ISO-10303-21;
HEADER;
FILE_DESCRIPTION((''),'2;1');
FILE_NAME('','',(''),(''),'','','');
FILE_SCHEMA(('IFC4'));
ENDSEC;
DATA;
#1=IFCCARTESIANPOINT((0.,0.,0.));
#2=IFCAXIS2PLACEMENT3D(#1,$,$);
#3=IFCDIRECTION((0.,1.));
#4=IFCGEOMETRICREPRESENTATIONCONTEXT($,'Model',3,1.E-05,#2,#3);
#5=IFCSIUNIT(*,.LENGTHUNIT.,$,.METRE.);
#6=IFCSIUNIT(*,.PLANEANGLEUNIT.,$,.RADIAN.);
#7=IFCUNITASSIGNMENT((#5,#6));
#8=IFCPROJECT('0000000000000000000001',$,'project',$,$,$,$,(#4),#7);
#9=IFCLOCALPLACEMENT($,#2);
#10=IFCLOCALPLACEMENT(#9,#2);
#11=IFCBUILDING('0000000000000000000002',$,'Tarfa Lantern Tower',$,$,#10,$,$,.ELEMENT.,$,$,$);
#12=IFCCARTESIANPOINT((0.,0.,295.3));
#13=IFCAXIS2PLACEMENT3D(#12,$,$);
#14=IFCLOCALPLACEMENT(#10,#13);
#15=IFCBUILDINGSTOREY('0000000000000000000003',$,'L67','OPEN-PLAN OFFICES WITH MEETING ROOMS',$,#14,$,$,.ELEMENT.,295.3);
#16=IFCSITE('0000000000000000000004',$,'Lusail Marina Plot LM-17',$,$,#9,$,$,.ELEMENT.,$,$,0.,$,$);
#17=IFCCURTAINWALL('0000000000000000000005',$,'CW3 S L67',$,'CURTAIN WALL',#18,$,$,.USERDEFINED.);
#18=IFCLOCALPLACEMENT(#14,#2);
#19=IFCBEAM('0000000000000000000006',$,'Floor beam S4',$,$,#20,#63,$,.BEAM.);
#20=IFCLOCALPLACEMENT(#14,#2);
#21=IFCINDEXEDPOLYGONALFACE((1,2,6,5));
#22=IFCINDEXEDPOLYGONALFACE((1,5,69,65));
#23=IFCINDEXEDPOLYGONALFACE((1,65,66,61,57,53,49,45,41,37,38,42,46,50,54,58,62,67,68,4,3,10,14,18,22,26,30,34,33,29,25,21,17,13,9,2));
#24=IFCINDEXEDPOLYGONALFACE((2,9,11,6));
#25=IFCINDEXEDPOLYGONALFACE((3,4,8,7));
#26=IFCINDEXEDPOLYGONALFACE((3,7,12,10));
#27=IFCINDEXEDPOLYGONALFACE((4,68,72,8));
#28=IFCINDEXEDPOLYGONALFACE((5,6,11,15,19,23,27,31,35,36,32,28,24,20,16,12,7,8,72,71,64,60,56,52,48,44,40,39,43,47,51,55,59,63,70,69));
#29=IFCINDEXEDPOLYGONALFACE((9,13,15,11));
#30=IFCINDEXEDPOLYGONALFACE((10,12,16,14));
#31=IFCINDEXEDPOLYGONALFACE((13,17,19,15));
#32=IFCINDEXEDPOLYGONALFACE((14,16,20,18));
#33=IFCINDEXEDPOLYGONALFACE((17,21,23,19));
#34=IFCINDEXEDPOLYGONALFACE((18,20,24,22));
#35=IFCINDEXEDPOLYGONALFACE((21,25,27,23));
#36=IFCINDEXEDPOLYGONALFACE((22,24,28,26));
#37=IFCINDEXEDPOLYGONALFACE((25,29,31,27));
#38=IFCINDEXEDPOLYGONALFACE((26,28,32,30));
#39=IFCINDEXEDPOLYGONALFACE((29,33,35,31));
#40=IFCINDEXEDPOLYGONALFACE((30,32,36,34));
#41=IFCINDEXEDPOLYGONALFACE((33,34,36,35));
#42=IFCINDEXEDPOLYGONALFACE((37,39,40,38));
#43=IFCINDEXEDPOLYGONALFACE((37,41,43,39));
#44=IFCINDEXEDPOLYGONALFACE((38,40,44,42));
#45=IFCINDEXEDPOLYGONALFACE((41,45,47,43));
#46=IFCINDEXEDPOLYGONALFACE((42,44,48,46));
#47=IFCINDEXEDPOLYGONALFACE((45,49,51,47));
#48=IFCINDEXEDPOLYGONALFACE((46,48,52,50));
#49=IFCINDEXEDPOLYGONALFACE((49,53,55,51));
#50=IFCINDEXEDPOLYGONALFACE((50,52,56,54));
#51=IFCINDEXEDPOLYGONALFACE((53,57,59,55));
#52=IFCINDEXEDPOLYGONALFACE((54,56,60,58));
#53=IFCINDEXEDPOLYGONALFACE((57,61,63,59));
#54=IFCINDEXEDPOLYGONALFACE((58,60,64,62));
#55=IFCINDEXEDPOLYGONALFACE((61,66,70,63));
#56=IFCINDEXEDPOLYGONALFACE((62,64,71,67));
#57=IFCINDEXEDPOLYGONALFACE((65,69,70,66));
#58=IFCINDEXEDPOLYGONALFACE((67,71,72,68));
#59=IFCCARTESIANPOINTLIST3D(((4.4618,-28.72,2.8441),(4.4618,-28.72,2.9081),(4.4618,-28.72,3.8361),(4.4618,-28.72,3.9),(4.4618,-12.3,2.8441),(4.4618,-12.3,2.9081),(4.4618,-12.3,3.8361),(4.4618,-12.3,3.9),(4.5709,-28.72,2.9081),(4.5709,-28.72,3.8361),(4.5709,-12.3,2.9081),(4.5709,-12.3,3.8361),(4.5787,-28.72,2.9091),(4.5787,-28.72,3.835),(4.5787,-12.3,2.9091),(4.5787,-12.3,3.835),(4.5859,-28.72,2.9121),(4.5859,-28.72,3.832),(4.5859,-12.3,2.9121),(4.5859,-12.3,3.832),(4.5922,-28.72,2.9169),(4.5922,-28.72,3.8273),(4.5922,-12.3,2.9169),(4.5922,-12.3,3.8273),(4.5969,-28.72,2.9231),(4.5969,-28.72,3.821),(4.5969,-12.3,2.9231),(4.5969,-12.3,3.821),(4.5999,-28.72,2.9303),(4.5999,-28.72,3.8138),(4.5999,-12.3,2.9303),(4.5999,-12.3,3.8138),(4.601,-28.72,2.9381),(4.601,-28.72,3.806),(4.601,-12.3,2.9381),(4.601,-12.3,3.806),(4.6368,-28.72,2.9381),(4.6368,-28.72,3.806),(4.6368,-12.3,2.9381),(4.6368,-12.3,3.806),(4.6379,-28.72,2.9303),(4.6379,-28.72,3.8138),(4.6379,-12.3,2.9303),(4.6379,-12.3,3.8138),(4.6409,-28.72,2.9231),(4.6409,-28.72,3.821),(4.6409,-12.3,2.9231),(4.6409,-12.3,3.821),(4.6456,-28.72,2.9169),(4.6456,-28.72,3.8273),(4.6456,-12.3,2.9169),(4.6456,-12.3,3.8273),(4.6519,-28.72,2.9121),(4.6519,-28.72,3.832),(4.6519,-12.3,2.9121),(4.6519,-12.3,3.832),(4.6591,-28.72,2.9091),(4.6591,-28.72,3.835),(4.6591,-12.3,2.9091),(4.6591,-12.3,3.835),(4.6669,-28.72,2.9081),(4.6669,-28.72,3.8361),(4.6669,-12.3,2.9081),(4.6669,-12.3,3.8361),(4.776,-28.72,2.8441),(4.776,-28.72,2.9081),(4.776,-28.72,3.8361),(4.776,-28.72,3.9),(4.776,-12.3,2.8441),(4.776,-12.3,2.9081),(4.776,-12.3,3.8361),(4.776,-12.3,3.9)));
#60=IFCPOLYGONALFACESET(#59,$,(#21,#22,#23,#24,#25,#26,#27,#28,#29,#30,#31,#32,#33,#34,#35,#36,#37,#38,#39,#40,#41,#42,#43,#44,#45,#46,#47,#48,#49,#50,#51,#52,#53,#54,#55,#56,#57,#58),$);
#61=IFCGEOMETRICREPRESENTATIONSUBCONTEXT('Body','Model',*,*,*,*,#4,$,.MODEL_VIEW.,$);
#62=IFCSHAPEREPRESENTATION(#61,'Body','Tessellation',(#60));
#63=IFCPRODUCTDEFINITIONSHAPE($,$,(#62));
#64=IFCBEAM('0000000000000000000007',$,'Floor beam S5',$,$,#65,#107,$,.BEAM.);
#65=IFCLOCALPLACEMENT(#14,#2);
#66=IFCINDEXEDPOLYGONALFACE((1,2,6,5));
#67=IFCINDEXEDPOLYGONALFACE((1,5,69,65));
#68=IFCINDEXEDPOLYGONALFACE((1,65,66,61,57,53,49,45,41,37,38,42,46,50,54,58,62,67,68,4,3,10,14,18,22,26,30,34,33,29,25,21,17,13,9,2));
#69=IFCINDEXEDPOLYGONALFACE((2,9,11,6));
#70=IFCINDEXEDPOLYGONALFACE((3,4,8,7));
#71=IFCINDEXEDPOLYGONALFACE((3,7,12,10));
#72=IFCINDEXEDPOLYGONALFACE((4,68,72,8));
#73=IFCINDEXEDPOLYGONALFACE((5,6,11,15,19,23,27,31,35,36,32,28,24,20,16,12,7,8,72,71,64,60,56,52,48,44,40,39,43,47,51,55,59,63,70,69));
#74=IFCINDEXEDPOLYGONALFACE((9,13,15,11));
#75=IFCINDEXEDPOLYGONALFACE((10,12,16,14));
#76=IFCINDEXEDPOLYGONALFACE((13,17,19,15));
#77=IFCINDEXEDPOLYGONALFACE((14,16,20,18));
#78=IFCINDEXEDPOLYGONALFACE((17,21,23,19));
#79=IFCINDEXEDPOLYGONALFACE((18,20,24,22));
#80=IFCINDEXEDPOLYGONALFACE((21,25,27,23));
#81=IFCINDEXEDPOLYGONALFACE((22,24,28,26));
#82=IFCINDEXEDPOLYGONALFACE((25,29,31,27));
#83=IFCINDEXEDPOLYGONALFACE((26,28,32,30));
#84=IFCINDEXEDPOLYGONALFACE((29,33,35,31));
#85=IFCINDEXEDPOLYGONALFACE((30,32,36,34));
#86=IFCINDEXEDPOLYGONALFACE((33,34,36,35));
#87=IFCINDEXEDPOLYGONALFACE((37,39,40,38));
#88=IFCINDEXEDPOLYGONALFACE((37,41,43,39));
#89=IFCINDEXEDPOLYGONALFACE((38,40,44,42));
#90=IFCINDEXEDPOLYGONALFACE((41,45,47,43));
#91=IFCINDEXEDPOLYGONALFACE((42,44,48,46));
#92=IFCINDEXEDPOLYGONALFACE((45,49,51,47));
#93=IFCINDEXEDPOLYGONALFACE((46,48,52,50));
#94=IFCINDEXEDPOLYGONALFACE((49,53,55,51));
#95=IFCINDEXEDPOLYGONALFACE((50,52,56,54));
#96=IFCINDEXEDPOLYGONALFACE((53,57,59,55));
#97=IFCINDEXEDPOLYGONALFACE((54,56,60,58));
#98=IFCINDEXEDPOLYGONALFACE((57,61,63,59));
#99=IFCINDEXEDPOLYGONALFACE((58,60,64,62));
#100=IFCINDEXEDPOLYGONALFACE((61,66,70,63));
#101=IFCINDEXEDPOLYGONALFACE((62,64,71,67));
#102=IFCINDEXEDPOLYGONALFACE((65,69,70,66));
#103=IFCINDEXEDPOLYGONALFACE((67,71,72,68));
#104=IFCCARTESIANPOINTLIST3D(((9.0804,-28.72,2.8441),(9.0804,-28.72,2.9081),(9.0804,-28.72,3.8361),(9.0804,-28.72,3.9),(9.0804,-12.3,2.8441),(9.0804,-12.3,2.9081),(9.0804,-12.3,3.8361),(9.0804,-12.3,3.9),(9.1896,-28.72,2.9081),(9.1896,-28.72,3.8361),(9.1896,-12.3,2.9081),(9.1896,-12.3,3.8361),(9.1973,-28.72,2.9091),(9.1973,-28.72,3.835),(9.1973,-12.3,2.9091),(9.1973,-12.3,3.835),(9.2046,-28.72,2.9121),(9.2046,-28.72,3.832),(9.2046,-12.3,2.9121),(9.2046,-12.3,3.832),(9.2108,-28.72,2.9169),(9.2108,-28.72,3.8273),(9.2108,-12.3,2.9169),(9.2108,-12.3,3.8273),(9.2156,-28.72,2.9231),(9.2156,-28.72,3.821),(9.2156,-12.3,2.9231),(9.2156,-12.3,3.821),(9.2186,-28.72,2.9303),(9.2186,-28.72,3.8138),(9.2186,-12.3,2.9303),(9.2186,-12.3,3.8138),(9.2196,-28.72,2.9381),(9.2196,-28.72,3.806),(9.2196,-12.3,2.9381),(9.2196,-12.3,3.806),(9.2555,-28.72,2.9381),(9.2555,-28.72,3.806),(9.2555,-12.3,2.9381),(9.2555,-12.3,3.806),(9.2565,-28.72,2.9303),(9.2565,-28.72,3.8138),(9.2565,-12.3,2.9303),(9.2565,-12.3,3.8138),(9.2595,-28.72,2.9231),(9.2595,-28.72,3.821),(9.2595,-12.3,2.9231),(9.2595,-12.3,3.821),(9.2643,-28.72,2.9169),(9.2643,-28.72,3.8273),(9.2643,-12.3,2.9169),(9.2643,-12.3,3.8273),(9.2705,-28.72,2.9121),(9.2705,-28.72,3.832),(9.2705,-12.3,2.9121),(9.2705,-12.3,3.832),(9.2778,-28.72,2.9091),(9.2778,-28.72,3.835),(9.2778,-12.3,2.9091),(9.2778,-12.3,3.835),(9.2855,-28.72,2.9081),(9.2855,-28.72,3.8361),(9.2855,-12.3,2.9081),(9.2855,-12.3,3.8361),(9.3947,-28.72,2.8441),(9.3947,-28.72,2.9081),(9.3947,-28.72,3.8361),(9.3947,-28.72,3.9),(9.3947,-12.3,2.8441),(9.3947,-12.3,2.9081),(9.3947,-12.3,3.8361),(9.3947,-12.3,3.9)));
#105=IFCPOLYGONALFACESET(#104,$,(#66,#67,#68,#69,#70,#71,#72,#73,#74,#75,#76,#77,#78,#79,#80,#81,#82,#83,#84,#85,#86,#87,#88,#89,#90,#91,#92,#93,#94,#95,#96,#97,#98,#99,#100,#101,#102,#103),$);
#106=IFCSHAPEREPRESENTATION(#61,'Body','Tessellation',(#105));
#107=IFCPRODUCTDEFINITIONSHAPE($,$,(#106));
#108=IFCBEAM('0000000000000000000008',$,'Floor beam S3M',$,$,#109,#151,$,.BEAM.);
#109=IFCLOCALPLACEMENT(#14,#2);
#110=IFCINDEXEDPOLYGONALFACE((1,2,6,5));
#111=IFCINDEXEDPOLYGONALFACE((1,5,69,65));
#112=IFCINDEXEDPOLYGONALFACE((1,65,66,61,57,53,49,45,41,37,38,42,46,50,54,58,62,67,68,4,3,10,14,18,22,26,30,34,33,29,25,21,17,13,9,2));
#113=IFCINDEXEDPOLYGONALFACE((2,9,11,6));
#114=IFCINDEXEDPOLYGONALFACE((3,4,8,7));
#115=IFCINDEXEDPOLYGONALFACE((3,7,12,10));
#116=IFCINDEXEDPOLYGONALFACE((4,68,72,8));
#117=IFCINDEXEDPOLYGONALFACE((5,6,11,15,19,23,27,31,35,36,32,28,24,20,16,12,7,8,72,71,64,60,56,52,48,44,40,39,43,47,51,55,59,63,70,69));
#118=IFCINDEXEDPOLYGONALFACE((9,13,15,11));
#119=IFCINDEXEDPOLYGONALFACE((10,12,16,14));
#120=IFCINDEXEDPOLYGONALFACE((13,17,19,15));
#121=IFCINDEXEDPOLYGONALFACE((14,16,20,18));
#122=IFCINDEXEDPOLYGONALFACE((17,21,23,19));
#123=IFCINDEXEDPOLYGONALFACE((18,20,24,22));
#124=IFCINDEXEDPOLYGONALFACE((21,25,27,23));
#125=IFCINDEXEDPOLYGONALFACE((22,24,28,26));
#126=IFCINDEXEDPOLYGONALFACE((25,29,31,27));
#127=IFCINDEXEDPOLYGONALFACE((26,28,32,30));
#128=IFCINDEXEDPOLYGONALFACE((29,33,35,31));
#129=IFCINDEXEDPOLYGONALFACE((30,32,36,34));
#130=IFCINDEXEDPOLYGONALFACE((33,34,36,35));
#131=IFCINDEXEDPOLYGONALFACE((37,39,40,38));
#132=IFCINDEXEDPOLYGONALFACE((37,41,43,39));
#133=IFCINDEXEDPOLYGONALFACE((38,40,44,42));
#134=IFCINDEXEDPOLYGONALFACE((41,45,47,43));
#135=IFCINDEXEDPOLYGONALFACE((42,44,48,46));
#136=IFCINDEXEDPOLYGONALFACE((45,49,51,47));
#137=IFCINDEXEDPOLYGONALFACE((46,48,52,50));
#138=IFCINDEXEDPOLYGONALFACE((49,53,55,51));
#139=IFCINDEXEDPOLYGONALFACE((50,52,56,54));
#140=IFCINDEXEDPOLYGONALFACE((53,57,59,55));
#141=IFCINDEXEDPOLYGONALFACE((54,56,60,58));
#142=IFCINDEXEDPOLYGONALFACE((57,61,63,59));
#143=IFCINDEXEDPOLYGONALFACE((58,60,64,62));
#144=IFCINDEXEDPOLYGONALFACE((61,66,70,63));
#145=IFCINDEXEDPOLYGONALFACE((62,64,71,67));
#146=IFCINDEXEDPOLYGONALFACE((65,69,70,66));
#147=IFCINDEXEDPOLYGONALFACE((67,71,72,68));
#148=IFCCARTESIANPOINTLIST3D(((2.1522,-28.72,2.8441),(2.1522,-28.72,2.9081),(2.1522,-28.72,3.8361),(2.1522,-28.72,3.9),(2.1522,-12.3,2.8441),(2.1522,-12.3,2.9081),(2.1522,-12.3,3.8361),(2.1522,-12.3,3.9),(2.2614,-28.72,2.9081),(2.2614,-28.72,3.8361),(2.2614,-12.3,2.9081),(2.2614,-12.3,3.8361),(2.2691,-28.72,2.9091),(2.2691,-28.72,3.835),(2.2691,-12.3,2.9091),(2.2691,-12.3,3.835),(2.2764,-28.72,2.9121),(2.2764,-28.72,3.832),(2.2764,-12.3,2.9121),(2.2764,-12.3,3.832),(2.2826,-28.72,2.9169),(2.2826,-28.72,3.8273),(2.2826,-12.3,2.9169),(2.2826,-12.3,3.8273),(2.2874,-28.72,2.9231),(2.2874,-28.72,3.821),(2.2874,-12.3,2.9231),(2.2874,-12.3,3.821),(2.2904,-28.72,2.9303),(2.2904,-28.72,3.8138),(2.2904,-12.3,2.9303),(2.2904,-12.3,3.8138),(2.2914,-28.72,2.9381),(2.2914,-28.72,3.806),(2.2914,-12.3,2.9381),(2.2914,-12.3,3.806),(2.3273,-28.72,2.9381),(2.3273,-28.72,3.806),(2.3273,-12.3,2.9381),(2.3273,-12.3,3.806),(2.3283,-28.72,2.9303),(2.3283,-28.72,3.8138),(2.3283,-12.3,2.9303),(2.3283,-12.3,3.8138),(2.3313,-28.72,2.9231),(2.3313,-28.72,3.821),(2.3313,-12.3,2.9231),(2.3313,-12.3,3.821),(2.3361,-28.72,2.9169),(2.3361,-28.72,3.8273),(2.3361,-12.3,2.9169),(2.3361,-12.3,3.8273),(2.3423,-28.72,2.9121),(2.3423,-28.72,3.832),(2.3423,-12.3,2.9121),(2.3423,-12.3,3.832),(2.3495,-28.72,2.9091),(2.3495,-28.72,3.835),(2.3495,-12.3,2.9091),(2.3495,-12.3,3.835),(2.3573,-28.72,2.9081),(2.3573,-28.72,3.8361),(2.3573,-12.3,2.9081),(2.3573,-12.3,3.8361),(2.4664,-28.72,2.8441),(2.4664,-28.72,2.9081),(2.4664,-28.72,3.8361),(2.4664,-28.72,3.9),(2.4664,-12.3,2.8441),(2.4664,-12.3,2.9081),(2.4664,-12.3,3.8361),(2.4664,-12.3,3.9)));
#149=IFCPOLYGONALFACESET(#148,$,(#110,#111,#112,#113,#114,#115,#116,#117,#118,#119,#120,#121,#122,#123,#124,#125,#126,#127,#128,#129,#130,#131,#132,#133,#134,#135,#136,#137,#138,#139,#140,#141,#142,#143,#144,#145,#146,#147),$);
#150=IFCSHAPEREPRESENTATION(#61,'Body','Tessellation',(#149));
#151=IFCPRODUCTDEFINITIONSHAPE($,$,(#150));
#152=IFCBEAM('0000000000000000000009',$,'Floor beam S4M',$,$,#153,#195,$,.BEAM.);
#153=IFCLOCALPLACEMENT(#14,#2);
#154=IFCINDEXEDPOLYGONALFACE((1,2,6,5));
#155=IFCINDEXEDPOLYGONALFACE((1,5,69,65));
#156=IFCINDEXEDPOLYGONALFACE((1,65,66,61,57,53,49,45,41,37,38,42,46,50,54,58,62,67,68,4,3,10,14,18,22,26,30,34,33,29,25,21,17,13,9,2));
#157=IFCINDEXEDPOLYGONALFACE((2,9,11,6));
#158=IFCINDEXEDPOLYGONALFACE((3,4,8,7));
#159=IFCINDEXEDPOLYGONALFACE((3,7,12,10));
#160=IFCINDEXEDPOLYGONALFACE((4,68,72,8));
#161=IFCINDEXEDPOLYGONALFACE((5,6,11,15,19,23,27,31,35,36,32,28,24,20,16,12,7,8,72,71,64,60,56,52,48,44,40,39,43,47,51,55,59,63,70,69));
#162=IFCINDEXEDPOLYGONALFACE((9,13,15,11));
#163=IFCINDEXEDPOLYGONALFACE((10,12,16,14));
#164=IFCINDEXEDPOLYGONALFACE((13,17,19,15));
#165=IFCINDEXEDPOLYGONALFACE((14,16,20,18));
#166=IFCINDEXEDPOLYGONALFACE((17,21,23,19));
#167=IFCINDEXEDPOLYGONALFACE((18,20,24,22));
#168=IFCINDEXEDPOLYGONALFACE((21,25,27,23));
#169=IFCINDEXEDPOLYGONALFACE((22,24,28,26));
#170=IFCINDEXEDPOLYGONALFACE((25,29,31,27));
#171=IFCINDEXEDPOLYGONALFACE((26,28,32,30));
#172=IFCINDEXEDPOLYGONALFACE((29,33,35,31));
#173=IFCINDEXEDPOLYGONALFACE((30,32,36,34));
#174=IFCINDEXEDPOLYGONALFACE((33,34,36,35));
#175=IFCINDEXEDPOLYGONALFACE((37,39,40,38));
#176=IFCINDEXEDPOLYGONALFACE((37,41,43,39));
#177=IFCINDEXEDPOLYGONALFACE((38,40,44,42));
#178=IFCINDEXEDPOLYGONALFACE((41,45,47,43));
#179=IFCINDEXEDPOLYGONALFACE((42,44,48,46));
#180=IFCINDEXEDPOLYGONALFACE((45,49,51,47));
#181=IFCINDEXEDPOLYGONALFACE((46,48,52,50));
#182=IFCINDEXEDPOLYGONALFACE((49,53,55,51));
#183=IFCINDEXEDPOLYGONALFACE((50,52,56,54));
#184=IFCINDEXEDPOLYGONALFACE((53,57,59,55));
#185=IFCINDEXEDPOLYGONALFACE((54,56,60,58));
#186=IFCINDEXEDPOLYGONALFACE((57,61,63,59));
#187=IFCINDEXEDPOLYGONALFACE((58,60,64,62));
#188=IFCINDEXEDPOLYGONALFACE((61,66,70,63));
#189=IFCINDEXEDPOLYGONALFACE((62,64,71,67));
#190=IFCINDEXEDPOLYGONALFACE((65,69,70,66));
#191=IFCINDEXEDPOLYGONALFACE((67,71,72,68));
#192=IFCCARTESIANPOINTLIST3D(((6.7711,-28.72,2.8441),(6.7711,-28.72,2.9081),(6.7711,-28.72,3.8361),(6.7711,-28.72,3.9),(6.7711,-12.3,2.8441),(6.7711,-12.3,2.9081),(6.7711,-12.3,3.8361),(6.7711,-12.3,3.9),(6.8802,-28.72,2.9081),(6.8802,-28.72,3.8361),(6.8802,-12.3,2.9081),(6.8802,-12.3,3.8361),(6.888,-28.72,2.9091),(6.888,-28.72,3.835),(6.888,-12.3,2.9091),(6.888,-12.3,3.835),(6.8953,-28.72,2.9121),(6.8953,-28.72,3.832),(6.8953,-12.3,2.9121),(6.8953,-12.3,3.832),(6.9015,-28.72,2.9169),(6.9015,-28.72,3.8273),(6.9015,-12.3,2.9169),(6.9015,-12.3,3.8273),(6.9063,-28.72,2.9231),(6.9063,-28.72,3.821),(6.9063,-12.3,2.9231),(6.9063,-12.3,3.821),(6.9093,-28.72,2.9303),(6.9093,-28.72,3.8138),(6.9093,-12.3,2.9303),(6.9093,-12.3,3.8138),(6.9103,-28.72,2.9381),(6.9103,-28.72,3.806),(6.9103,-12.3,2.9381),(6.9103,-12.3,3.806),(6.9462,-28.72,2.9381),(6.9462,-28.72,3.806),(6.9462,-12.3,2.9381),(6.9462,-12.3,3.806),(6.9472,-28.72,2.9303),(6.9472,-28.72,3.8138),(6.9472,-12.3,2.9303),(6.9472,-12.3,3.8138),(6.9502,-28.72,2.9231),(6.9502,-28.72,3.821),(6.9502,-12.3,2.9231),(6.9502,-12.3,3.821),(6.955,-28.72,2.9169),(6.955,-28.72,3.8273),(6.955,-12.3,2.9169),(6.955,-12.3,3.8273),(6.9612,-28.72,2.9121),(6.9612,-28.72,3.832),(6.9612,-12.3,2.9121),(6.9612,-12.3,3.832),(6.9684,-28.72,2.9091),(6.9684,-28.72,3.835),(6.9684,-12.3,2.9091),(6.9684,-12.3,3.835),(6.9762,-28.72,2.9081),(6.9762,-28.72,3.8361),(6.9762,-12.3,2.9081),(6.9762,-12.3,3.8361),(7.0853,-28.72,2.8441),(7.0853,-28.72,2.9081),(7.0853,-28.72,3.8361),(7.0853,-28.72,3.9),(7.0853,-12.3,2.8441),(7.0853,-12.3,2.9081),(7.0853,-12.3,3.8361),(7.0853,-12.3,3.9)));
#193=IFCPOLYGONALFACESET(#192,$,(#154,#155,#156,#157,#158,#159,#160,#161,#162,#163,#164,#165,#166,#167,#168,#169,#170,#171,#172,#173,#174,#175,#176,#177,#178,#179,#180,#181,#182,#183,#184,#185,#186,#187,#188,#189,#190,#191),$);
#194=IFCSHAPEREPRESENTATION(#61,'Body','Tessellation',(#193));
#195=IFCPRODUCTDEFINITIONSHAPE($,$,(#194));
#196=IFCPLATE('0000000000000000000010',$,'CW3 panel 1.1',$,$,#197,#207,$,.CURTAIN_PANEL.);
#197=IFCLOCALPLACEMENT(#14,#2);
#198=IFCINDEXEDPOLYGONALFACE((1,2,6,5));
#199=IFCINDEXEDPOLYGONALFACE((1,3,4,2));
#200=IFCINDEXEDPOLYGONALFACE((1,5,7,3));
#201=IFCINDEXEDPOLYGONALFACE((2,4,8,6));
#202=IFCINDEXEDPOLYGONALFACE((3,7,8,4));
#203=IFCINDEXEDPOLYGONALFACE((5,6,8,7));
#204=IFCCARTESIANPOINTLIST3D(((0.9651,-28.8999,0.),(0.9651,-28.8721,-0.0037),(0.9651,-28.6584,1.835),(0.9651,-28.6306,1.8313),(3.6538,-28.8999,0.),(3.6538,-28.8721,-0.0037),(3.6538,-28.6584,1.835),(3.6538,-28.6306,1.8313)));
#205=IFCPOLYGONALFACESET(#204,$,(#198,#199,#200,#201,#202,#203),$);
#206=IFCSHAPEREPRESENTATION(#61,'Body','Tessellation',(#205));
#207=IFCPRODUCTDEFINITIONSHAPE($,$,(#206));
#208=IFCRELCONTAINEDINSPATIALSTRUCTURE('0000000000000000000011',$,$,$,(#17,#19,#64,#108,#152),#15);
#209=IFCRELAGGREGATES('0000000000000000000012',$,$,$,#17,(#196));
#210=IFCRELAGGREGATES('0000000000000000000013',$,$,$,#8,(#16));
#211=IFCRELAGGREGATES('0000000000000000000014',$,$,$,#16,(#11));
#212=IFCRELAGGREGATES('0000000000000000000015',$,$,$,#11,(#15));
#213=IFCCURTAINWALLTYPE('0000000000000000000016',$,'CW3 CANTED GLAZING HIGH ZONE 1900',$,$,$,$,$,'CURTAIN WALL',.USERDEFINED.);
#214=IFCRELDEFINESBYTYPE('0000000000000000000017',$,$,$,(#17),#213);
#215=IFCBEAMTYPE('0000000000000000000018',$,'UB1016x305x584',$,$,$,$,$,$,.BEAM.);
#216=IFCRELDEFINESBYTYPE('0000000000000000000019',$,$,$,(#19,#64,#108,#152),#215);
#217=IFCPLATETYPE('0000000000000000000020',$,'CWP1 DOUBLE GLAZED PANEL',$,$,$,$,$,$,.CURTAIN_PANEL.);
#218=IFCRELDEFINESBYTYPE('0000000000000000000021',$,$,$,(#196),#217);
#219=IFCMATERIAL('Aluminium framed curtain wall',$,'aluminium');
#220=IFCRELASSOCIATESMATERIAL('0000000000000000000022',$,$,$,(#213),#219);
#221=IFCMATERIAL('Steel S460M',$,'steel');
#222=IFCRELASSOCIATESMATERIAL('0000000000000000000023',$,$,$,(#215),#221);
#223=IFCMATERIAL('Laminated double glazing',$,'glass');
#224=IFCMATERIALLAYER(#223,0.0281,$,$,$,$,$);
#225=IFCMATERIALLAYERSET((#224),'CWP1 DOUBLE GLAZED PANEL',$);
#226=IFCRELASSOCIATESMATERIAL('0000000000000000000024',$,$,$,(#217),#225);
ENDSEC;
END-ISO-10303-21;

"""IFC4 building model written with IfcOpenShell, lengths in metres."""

from ifc_helpers import new_model, si_unit, direction, frame, origin, origin_2d, place, context, subcontext, project, spatial, polyline, i_section, outline, extrude, material, layer, layer_set, material_profile, profile_set, type_object, element, aggregate, save


model = new_model("IFC4")

# Units and contexts
model_context = context("Model", 3, precision=1e-05, world=origin(), true_north=direction((0.0, 1.0)))
body_context = subcontext(model_context, "Body", "Model", "MODEL_VIEW")
ifc_project = project(units=[si_unit("LENGTHUNIT", "METRE"), si_unit("PLANEANGLEUNIT", "RADIAN")], contexts=[model_context])

# Site, building, storey
site_placement = place(None, origin())
site = spatial("IfcSite", under=ifc_project, at=site_placement, Name="Lusail Marina Plot LM-17", CompositionType="ELEMENT", RefElevation=0.0)
building_placement = place(site_placement, origin())
building = spatial("IfcBuilding", under=site, at=building_placement, Name="Tarfa Lantern Tower", CompositionType="ELEMENT")
storey_placement = place(building_placement, frame((0.0, 0.0, 295.3)))
storey = spatial("IfcBuildingStorey", under=building, at=storey_placement, Name="L67", Description="OPEN-PLAN OFFICES WITH MEETING ROOMS", CompositionType="ELEMENT", Elevation=295.3)

# Curtain wall
ifc_material_1 = material(Name="Aluminium framed curtain wall", Category="aluminium")
curtain_wall_type = type_object("IfcCurtainWallType", Name="CW3 CANTED GLAZING HIGH ZONE 1900", ElementType="CURTAIN WALL", PredefinedType="USERDEFINED", material=ifc_material_1)
curtain_wall_1_placement = place(storey_placement, origin())
curtain_wall_1 = element("IfcCurtainWall", 1, at=curtain_wall_1_placement, inside=storey, type_object=curtain_wall_type, Name="CW3 S L67", ObjectType="CURTAIN WALL", PredefinedType="USERDEFINED")

# Beams
ifc_material_2 = material(Name="Steel S460M", Category="steel")
ifc_material_profile_1 = material_profile(ifc_material_2, i_section(OverallWidth=0.3142, OverallDepth=1.0559, WebThickness=0.0359, FlangeThickness=0.064, FilletRadius=0.03, at=origin_2d()), Name="UB1016x305x584")
ifc_profile_set_1 = profile_set([ifc_material_profile_1], Name="Steel S460M")
beam_type_1 = type_object("IfcBeamType", Name="UB1016x305x584", PredefinedType="BEAM", material=ifc_profile_set_1)
for number, where, z_axis, x_axis, name in (
    (2, (4.6189, -28.72, 3.3721), (0.0, 1.0, 0.0), (-1.0, 0.0, 0.0), "Floor beam S4"),
    (3, (9.2375, -28.72, 3.3721), (0.0, 1.0, 0.0), (-1.0, 0.0, 0.0), "Floor beam S5"),
    (4, (2.3093, -28.72, 3.3721), (0.0, 1.0, 0.0), (-1.0, 0.0, 0.0), "Floor beam S3M"),
    (5, (6.9282, -28.72, 3.3721), (0.0, 1.0, 0.0), (-1.0, 0.0, 0.0), "Floor beam S4M"),
):
    element("IfcBeam", number, at=place(storey_placement, frame(where, z_axis=z_axis, x_axis=x_axis)), inside=storey, type_object=beam_type_1, Name=name, PredefinedType="BEAM", context=body_context, shape_type="SweptSolid", body=[
        extrude(i_section(OverallWidth=0.3142, OverallDepth=1.0559, WebThickness=0.0359, FlangeThickness=0.064, FilletRadius=0.03, at=origin_2d()), origin(), (0.0, 0.0, 1.0), 16.4199),
    ])

# Plate
ifc_material_3 = material(Name="Laminated double glazing", Category="glass")
ifc_layer = layer(ifc_material_3, 0.0281)
ifc_layer_set = layer_set([ifc_layer], Name="CWP1 DOUBLE GLAZED PANEL")
plate_type = type_object("IfcPlateType", Name="CWP1 DOUBLE GLAZED PANEL", PredefinedType="CURTAIN_PANEL", material=ifc_layer_set)
plate_1_placement = place(storey_placement, frame((0.9651, -28.8999, 0.0), z_axis=(0.0, -0.991453, 0.130461), x_axis=(1.0, 0.0, 0.0)))
plate_1 = element("IfcPlate", 6, at=plate_1_placement, type_object=plate_type, Name="CW3 panel 1.1", PredefinedType="CURTAIN_PANEL", context=body_context, shape_type="SweptSolid", body=[
    extrude(outline(polyline([(0.0, 0.0), (2.6887, 0.0), (2.6887, 1.8508), (0.0, 1.8508), (0.0, 0.0)])), origin(), (0.0, 0.0, -1.0), 0.0281),
])
aggregate(curtain_wall_1, [plate_1])

save(model, "model.ifc")
